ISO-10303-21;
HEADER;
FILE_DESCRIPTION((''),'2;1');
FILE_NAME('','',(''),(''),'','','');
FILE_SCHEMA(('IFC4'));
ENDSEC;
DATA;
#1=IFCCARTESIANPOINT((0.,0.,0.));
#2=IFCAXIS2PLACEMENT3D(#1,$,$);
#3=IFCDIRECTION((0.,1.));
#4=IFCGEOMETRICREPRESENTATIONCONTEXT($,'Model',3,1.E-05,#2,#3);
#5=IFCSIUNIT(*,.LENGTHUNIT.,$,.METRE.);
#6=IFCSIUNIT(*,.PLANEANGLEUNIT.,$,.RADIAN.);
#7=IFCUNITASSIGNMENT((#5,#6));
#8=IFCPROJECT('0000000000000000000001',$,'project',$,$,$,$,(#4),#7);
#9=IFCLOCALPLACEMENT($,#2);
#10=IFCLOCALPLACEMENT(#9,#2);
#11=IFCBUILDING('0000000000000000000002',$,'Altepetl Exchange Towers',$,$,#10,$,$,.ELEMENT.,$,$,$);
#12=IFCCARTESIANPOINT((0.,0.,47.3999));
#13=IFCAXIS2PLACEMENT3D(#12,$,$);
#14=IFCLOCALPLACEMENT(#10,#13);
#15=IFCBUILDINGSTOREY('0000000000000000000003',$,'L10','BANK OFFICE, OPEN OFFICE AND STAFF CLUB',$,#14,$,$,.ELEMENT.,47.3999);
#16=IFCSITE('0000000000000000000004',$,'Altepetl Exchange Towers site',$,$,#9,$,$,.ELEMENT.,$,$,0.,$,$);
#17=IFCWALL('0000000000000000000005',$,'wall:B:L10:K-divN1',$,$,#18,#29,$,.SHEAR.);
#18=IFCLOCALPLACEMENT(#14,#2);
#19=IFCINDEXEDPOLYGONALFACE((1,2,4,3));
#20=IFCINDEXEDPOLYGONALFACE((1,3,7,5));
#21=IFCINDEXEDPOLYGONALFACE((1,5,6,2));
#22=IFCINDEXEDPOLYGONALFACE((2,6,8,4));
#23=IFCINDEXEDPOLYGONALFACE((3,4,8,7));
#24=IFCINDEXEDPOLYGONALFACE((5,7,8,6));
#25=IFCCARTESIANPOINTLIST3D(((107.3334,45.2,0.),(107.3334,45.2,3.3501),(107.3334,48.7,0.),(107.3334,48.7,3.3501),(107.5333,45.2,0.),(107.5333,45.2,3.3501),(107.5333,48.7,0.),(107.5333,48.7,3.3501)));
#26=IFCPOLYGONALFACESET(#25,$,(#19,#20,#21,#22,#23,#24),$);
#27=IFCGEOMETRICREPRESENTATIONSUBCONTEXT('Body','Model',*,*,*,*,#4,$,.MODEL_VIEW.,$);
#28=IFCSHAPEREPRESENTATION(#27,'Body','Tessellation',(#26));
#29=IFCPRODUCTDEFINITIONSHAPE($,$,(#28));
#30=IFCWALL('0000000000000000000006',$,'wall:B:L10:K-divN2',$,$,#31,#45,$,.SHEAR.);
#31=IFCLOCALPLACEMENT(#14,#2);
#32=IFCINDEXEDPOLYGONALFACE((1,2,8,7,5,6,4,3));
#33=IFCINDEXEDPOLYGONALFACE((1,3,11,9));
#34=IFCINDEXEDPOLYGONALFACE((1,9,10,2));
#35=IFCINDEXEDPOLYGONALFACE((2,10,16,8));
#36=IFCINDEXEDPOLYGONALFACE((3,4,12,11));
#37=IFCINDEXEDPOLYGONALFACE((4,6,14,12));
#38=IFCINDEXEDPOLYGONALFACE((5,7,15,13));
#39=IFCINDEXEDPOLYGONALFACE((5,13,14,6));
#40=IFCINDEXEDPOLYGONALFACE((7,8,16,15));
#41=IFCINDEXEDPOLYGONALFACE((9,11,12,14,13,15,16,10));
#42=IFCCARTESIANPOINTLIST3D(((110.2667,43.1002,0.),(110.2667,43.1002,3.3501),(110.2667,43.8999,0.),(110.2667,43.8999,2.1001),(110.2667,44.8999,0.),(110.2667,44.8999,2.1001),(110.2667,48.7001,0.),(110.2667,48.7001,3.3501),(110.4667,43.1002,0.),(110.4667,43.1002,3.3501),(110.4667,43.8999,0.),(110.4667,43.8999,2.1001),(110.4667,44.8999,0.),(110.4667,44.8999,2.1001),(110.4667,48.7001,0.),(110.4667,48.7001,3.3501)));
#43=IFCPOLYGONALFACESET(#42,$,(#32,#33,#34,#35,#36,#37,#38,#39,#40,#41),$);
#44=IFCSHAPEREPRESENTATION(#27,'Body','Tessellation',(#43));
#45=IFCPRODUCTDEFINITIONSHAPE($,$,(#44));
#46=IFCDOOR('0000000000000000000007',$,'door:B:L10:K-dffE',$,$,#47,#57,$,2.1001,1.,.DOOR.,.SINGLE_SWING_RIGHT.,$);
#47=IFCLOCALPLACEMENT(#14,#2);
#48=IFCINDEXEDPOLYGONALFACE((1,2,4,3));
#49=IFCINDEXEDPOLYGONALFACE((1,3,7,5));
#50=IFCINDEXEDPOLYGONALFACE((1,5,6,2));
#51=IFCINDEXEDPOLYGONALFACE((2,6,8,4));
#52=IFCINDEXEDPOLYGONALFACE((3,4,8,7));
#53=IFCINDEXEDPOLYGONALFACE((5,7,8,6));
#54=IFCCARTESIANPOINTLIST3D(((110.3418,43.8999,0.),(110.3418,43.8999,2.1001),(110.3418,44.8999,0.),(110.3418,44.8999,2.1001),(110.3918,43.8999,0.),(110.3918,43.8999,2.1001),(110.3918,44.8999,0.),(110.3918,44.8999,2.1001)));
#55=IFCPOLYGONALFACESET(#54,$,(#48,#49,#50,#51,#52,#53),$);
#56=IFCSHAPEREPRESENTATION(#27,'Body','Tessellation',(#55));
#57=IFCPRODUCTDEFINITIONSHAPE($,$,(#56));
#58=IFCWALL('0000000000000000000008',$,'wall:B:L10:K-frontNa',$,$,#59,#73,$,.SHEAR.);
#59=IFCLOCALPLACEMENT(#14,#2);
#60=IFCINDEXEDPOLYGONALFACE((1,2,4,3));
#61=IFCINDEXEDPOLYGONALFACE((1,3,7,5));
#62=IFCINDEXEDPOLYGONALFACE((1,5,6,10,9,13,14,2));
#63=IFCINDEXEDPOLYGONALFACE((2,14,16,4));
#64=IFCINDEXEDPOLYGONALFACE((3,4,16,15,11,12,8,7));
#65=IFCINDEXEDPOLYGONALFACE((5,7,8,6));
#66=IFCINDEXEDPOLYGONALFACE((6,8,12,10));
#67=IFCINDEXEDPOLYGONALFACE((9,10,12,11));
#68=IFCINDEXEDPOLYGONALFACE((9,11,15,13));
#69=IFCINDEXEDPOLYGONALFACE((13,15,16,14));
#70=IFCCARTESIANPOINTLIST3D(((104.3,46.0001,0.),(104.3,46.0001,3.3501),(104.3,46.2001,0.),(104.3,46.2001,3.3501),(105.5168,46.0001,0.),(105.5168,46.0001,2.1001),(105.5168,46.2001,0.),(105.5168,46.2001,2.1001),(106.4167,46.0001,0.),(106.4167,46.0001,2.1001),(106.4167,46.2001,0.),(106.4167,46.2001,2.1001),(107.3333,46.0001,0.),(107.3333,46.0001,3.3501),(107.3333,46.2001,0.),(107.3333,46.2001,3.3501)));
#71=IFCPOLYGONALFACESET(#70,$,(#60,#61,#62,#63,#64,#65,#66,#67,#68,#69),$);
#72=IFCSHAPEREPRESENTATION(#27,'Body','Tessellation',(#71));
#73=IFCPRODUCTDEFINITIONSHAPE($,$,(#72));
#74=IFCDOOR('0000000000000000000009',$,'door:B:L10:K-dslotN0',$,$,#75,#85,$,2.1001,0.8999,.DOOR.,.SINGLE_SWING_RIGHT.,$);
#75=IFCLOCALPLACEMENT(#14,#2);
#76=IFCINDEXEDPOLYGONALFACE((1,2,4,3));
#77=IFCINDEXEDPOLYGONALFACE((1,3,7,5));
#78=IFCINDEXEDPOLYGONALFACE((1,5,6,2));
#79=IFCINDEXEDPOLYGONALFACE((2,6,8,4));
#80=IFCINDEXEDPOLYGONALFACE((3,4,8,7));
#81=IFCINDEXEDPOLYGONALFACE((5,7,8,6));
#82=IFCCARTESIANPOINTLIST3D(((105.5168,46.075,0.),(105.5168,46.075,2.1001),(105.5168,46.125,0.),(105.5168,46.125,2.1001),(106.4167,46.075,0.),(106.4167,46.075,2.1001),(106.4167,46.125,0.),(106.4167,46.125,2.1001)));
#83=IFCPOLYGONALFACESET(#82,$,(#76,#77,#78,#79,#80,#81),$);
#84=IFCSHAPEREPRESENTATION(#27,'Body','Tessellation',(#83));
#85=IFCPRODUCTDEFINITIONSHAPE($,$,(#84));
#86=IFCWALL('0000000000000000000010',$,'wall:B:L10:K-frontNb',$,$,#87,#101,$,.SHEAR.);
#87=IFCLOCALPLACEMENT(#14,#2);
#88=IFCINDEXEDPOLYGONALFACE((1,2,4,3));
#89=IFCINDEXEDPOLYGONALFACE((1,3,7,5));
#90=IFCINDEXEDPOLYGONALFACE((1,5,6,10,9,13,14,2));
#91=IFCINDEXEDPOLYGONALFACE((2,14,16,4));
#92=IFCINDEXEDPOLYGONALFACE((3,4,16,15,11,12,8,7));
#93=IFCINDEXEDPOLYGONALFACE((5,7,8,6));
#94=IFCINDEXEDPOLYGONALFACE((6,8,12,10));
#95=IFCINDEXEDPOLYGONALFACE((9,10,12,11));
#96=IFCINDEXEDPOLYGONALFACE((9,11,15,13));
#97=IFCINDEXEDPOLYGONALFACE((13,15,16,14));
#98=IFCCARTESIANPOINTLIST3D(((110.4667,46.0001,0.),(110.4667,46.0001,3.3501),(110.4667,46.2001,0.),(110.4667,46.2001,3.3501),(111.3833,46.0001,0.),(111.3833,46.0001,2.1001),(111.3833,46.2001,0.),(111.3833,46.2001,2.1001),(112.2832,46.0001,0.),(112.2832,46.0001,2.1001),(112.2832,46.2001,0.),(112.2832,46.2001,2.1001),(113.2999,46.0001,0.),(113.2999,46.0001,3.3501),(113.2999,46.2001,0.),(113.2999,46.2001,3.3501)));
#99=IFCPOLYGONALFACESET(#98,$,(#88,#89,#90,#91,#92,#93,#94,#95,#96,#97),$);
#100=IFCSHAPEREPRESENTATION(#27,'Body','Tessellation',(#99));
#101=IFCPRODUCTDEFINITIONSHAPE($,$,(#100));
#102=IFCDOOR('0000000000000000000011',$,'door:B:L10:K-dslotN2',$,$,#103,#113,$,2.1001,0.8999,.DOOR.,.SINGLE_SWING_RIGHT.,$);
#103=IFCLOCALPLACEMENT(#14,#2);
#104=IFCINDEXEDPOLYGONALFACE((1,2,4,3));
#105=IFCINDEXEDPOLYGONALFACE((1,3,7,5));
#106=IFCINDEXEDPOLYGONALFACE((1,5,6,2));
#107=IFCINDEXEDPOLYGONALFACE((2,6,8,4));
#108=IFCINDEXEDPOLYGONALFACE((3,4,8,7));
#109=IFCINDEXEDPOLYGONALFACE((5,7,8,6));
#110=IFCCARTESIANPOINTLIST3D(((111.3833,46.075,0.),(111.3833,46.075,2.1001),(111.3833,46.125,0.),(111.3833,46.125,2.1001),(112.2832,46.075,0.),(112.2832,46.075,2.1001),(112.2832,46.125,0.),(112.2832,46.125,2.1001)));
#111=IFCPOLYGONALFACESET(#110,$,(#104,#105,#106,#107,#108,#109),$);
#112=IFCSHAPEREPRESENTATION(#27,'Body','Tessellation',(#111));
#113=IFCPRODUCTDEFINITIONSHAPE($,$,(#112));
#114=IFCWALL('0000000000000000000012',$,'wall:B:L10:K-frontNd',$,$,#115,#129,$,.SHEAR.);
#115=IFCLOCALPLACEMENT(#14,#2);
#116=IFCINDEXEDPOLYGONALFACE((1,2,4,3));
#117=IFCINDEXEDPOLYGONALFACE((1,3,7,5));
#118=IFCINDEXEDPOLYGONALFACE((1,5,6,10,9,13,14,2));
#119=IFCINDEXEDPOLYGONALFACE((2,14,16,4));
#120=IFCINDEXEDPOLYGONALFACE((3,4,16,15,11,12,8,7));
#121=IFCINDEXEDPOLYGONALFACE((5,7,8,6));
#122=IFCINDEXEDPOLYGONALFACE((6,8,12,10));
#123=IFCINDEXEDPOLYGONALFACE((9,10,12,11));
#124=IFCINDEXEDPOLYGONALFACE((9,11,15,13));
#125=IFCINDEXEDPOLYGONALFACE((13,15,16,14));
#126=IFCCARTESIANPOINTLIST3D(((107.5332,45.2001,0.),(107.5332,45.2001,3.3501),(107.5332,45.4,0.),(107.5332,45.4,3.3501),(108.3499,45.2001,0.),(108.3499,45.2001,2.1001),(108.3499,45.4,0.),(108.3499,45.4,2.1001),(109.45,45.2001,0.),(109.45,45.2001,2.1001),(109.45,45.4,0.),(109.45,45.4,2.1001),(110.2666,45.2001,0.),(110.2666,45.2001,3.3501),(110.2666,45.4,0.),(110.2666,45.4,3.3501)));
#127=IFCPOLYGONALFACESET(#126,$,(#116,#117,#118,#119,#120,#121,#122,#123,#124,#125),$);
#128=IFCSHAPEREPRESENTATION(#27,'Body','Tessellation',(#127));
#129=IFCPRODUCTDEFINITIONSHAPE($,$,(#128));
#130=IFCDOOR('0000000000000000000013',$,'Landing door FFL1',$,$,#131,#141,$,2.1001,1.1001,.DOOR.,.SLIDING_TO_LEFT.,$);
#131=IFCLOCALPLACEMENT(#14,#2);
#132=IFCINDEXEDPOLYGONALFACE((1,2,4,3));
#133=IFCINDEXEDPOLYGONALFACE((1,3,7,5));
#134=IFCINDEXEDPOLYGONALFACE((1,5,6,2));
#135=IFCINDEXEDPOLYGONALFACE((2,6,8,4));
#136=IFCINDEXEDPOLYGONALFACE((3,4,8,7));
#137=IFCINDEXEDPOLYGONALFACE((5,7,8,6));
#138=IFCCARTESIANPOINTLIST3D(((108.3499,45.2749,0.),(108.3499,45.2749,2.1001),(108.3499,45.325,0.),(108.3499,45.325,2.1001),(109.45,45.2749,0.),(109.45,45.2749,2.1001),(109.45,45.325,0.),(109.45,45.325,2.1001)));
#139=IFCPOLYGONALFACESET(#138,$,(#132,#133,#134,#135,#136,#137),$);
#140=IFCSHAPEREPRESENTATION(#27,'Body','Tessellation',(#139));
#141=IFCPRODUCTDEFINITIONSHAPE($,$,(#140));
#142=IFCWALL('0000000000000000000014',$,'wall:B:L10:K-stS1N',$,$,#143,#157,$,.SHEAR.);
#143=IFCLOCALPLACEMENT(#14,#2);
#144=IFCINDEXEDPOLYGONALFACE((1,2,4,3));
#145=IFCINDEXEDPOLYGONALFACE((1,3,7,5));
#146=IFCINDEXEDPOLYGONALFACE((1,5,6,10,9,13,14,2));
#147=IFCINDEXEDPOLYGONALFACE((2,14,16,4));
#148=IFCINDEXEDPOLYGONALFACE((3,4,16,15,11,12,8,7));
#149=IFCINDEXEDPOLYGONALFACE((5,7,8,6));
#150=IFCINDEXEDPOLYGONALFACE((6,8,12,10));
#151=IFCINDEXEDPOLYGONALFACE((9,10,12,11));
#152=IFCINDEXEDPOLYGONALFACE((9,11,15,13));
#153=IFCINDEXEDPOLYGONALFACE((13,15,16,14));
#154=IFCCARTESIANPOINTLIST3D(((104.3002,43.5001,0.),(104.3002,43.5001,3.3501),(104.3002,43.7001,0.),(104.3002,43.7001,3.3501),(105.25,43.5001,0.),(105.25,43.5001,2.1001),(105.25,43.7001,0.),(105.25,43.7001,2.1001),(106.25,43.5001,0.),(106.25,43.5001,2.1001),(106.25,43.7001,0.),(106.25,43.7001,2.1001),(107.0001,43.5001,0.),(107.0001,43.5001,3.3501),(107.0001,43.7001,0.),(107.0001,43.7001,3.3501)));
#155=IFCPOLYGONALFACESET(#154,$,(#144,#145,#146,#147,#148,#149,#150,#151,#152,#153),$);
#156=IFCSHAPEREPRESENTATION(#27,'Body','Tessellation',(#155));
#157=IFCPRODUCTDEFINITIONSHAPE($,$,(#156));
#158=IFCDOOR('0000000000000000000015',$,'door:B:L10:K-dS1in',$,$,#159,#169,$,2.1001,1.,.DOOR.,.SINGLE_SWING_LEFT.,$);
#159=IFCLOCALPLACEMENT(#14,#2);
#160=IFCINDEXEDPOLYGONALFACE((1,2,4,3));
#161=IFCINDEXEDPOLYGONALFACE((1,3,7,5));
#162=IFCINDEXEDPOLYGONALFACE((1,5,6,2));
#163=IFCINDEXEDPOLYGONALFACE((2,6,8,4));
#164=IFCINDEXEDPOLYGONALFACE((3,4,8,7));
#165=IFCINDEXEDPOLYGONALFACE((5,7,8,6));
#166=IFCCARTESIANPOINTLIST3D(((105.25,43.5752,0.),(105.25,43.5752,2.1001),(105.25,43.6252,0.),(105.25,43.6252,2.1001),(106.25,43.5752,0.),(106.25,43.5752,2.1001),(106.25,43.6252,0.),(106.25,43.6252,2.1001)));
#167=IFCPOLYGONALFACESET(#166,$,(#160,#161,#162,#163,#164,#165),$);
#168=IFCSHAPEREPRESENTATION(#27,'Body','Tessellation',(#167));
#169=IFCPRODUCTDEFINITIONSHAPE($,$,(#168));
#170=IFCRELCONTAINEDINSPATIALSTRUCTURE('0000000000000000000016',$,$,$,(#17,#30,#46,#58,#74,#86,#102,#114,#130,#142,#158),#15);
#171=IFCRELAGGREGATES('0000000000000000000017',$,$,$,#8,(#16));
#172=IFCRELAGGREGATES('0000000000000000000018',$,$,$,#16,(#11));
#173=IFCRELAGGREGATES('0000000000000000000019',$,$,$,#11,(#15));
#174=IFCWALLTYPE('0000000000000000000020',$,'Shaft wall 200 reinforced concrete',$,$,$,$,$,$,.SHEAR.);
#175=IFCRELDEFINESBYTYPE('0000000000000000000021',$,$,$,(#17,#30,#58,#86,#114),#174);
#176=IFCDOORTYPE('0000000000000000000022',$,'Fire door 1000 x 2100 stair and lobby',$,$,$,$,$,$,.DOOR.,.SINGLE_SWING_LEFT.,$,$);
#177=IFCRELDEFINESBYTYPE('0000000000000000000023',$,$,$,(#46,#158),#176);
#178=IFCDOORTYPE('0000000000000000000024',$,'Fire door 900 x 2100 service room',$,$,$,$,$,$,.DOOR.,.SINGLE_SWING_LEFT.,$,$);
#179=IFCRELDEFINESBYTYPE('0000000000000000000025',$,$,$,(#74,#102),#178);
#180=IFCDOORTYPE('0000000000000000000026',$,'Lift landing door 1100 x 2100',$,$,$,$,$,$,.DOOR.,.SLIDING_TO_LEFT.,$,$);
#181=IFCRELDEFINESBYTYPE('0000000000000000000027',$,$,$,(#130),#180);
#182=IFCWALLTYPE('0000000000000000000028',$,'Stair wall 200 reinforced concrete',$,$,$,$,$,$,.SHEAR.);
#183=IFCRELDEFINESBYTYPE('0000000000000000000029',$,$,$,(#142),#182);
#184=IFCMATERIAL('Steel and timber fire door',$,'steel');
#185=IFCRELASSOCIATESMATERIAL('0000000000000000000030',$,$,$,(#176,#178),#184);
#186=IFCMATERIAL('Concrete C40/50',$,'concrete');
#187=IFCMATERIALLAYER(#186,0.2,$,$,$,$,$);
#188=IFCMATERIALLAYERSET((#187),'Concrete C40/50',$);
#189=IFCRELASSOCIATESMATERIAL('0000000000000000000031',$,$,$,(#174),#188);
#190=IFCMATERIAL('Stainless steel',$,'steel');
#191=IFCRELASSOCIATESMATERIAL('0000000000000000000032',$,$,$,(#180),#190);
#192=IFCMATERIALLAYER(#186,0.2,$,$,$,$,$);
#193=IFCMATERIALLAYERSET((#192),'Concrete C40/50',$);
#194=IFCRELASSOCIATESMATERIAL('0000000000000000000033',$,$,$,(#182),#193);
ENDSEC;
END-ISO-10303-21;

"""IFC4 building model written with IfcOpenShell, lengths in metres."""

from ifc_helpers import new_model, si_unit, direction, frame, frame_2d, origin, place, context, subcontext, project, spatial, rectangle, extrude, material, layer, layer_set, type_object, element, fill, save


model = new_model("IFC4")

# Units and contexts
model_context = context("Model", 3, precision=1e-05, world=origin(), true_north=direction((0.0, 1.0)))
body_context = subcontext(model_context, "Body", "Model", "MODEL_VIEW")
ifc_project = project(units=[si_unit("LENGTHUNIT", "METRE"), si_unit("PLANEANGLEUNIT", "RADIAN")], contexts=[model_context])

# Site, building, storey
site_placement = place(None, origin())
site = spatial("IfcSite", under=ifc_project, at=site_placement, Name="Altepetl Exchange Towers site", CompositionType="ELEMENT", RefElevation=0.0)
building_placement = place(site_placement, origin())
building = spatial("IfcBuilding", under=site, at=building_placement, Name="Altepetl Exchange Towers", CompositionType="ELEMENT")
storey_placement = place(building_placement, frame((0.0, 0.0, 47.3999)))
storey = spatial("IfcBuildingStorey", under=building, at=storey_placement, Name="L10", Description="BANK OFFICE, OPEN OFFICE AND STAFF CLUB", CompositionType="ELEMENT", Elevation=47.3999)

# Shared definitions
ifc_material_1 = material(Name="Steel and timber fire door", Category="steel")
door_type_1 = type_object("IfcDoorType", Name="Fire door 1000 x 2100 stair and lobby", OperationType="SINGLE_SWING_LEFT", PredefinedType="DOOR", material=ifc_material_1)
door_type_2 = type_object("IfcDoorType", Name="Fire door 900 x 2100 service room", OperationType="SINGLE_SWING_LEFT", PredefinedType="DOOR", material=ifc_material_1)

# Wall
ifc_material_2 = material(Name="Concrete C40/50", Category="concrete")
ifc_layer_1 = layer(ifc_material_2, 0.2)
ifc_layer_set_1 = layer_set([ifc_layer_1], Name="Concrete C40/50")
wall_type_1 = type_object("IfcWallType", Name="Shaft wall 200 reinforced concrete", PredefinedType="SHEAR", material=ifc_layer_set_1)
wall_1_placement = place(storey_placement, frame((107.4333, 48.7, 0.0), z_axis=(0.0, 0.0, 1.0), x_axis=(0.0, -1.0, 0.0)))
element("IfcWall", 1, at=wall_1_placement, inside=storey, type_object=wall_type_1, Name="wall:B:L10:K-divN1", PredefinedType="SHEAR", context=body_context, shape_type="SweptSolid", body=[
    extrude(rectangle(XDim=3.5, YDim=0.2, at=frame_2d((1.75, 0.0))), origin(), (0.0, 0.0, 1.0), 3.3501),
])

# Walls, openings, doors
wall_2_placement = place(storey_placement, frame((110.3667, 48.7, 0.0), z_axis=(0.0, 0.0, 1.0), x_axis=(0.0, -1.0, 0.0)))
wall_2 = element("IfcWall", 2, at=wall_2_placement, inside=storey, type_object=wall_type_1, Name="wall:B:L10:K-divN2", PredefinedType="SHEAR", context=body_context, shape_type="SweptSolid", body=[
    extrude(rectangle(XDim=5.5999, YDim=0.2, at=frame_2d((2.7998, 0.0))), origin(), (0.0, 0.0, 1.0), 3.3501),
])
opening_1_placement = place(wall_2_placement, frame((3.8, 0.0, 0.0)))
opening_1 = element("IfcOpeningElement", 3, at=opening_1_placement, cuts=wall_2, PredefinedType="OPENING", context=body_context, shape_type="SweptSolid", body=[
    extrude(rectangle(XDim=1.0, YDim=2.1001, at=frame_2d((0.5, 1.05))), frame((0.0, 0.1099, 0.0), z_axis=(0.0, -1.0, 0.0), x_axis=(1.0, 0.0, 0.0)), (0.0, 0.0, 1.0), 0.22),
])
door_1_placement = place(opening_1_placement, frame((1.0, 0.0, 0.0), x_axis=(-1.0, 0.0, 0.0)))
door_1 = element("IfcDoor", 4, at=door_1_placement, inside=storey, type_object=door_type_1, Name="door:B:L10:K-dffE", OperationType="SINGLE_SWING_RIGHT", OverallHeight=2.1001, OverallWidth=1.0, PredefinedType="DOOR", context=body_context, shape_type="SweptSolid", body=[
    extrude(rectangle(XDim=1.0, YDim=2.1001, at=frame_2d((0.5, 1.05))), frame((0.0, 0.0249, 0.0), z_axis=(0.0, -1.0, 0.0), x_axis=(1.0, 0.0, 0.0)), (0.0, 0.0, 1.0), 0.05),
])
fill(opening_1, door_1)
wall_3_placement = place(storey_placement, frame((104.3, 46.1001, 0.0)))
wall_3 = element("IfcWall", 5, at=wall_3_placement, inside=storey, type_object=wall_type_1, Name="wall:B:L10:K-frontNa", PredefinedType="SHEAR", context=body_context, shape_type="SweptSolid", body=[
    extrude(rectangle(XDim=3.0332, YDim=0.2, at=frame_2d((1.5166, 0.0))), origin(), (0.0, 0.0, 1.0), 3.3501),
])
opening_2_placement = place(wall_3_placement, frame((1.2168, 0.0, 0.0)))
opening_2 = element("IfcOpeningElement", 6, at=opening_2_placement, cuts=wall_3, PredefinedType="OPENING", context=body_context, shape_type="SweptSolid", body=[
    extrude(rectangle(XDim=0.8999, YDim=2.1001, at=frame_2d((0.45, 1.05))), frame((0.0, 0.1099, 0.0), z_axis=(0.0, -1.0, 0.0), x_axis=(1.0, 0.0, 0.0)), (0.0, 0.0, 1.0), 0.22),
])
door_2_placement = place(opening_2_placement, origin())
door_2 = element("IfcDoor", 7, at=door_2_placement, inside=storey, type_object=door_type_2, Name="door:B:L10:K-dslotN0", OperationType="SINGLE_SWING_RIGHT", OverallHeight=2.1001, OverallWidth=0.8999, PredefinedType="DOOR", context=body_context, shape_type="SweptSolid", body=[
    extrude(rectangle(XDim=0.8999, YDim=2.1001, at=frame_2d((0.45, 1.05))), frame((0.0, 0.0249, 0.0), z_axis=(0.0, -1.0, 0.0), x_axis=(1.0, 0.0, 0.0)), (0.0, 0.0, 1.0), 0.05),
])
fill(opening_2, door_2)
wall_4_placement = place(storey_placement, frame((110.4668, 46.1001, 0.0)))
wall_4 = element("IfcWall", 8, at=wall_4_placement, inside=storey, type_object=wall_type_1, Name="wall:B:L10:K-frontNb", PredefinedType="SHEAR", context=body_context, shape_type="SweptSolid", body=[
    extrude(rectangle(XDim=2.8333, YDim=0.2, at=frame_2d((1.4165, 0.0))), origin(), (0.0, 0.0, 1.0), 3.3501),
])
opening_3_placement = place(wall_4_placement, frame((0.9165, 0.0, 0.0)))
opening_3 = element("IfcOpeningElement", 9, at=opening_3_placement, cuts=wall_4, PredefinedType="OPENING", context=body_context, shape_type="SweptSolid", body=[
    extrude(rectangle(XDim=0.8999, YDim=2.1001, at=frame_2d((0.45, 1.05))), frame((0.0, 0.1099, 0.0), z_axis=(0.0, -1.0, 0.0), x_axis=(1.0, 0.0, 0.0)), (0.0, 0.0, 1.0), 0.22),
])
door_3_placement = place(opening_3_placement, origin())
door_3 = element("IfcDoor", 10, at=door_3_placement, inside=storey, type_object=door_type_2, Name="door:B:L10:K-dslotN2", OperationType="SINGLE_SWING_RIGHT", OverallHeight=2.1001, OverallWidth=0.8999, PredefinedType="DOOR", context=body_context, shape_type="SweptSolid", body=[
    extrude(rectangle(XDim=0.8999, YDim=2.1001, at=frame_2d((0.45, 1.05))), frame((0.0, 0.0249, 0.0), z_axis=(0.0, -1.0, 0.0), x_axis=(1.0, 0.0, 0.0)), (0.0, 0.0, 1.0), 0.05),
])
fill(opening_3, door_3)
wall_5_placement = place(storey_placement, frame((107.5332, 45.3, 0.0)))
wall_5 = element("IfcWall", 11, at=wall_5_placement, inside=storey, type_object=wall_type_1, Name="wall:B:L10:K-frontNd", PredefinedType="SHEAR", context=body_context, shape_type="SweptSolid", body=[
    extrude(rectangle(XDim=2.7334, YDim=0.2, at=frame_2d((1.3667, 0.0))), origin(), (0.0, 0.0, 1.0), 3.3501),
])
opening_4_placement = place(wall_5_placement, frame((0.8167, 0.0, 0.0)))
opening_4 = element("IfcOpeningElement", 12, at=opening_4_placement, cuts=wall_5, PredefinedType="OPENING", context=body_context, shape_type="SweptSolid", body=[
    extrude(rectangle(XDim=1.1001, YDim=2.1001, at=frame_2d((0.55, 1.05))), frame((0.0, 0.1099, 0.0), z_axis=(0.0, -1.0, 0.0), x_axis=(1.0, 0.0, 0.0)), (0.0, 0.0, 1.0), 0.22),
])
ifc_material_3 = material(Name="Stainless steel", Category="steel")
door_type_3 = type_object("IfcDoorType", Name="Lift landing door 1100 x 2100", OperationType="SLIDING_TO_LEFT", PredefinedType="DOOR", material=ifc_material_3)
door_4_placement = place(opening_4_placement, origin())
door_4 = element("IfcDoor", 13, at=door_4_placement, inside=storey, type_object=door_type_3, Name="Landing door FFL1", OperationType="SLIDING_TO_LEFT", OverallHeight=2.1001, OverallWidth=1.1001, PredefinedType="DOOR", context=body_context, shape_type="SweptSolid", body=[
    extrude(rectangle(XDim=1.1001, YDim=2.1001, at=frame_2d((0.55, 1.05))), frame((0.0, 0.0249, 0.0), z_axis=(0.0, -1.0, 0.0), x_axis=(1.0, 0.0, 0.0)), (0.0, 0.0, 1.0), 0.05),
])
fill(opening_4, door_4)
ifc_layer_2 = layer(ifc_material_2, 0.2)
ifc_layer_set_2 = layer_set([ifc_layer_2], Name="Concrete C40/50")
wall_type_2 = type_object("IfcWallType", Name="Stair wall 200 reinforced concrete", PredefinedType="SHEAR", material=ifc_layer_set_2)
wall_6_placement = place(storey_placement, frame((104.3, 43.6001, 0.0)))
wall_6 = element("IfcWall", 14, at=wall_6_placement, inside=storey, type_object=wall_type_2, Name="wall:B:L10:K-stS1N", PredefinedType="SHEAR", context=body_context, shape_type="SweptSolid", body=[
    extrude(rectangle(XDim=2.7, YDim=0.2, at=frame_2d((1.3501, 0.0))), origin(), (0.0, 0.0, 1.0), 3.3501),
])
opening_5_placement = place(wall_6_placement, frame((0.95, 0.0, 0.0)))
opening_5 = element("IfcOpeningElement", 15, at=opening_5_placement, cuts=wall_6, PredefinedType="OPENING", context=body_context, shape_type="SweptSolid", body=[
    extrude(rectangle(XDim=1.0, YDim=2.1001, at=frame_2d((0.5, 1.05))), frame((0.0, 0.1099, 0.0), z_axis=(0.0, -1.0, 0.0), x_axis=(1.0, 0.0, 0.0)), (0.0, 0.0, 1.0), 0.22),
])
door_5_placement = place(opening_5_placement, frame((1.0, 0.0, 0.0), x_axis=(-1.0, 0.0, 0.0)))
door_5 = element("IfcDoor", 16, at=door_5_placement, inside=storey, type_object=door_type_1, Name="door:B:L10:K-dS1in", OperationType="SINGLE_SWING_LEFT", OverallHeight=2.1001, OverallWidth=1.0, PredefinedType="DOOR", context=body_context, shape_type="SweptSolid", body=[
    extrude(rectangle(XDim=1.0, YDim=2.1001, at=frame_2d((0.5, 1.05))), frame((0.0, 0.0249, 0.0), z_axis=(0.0, -1.0, 0.0), x_axis=(1.0, 0.0, 0.0)), (0.0, 0.0, 1.0), 0.05),
])
fill(opening_5, door_5)

save(model, "model.ifc")
